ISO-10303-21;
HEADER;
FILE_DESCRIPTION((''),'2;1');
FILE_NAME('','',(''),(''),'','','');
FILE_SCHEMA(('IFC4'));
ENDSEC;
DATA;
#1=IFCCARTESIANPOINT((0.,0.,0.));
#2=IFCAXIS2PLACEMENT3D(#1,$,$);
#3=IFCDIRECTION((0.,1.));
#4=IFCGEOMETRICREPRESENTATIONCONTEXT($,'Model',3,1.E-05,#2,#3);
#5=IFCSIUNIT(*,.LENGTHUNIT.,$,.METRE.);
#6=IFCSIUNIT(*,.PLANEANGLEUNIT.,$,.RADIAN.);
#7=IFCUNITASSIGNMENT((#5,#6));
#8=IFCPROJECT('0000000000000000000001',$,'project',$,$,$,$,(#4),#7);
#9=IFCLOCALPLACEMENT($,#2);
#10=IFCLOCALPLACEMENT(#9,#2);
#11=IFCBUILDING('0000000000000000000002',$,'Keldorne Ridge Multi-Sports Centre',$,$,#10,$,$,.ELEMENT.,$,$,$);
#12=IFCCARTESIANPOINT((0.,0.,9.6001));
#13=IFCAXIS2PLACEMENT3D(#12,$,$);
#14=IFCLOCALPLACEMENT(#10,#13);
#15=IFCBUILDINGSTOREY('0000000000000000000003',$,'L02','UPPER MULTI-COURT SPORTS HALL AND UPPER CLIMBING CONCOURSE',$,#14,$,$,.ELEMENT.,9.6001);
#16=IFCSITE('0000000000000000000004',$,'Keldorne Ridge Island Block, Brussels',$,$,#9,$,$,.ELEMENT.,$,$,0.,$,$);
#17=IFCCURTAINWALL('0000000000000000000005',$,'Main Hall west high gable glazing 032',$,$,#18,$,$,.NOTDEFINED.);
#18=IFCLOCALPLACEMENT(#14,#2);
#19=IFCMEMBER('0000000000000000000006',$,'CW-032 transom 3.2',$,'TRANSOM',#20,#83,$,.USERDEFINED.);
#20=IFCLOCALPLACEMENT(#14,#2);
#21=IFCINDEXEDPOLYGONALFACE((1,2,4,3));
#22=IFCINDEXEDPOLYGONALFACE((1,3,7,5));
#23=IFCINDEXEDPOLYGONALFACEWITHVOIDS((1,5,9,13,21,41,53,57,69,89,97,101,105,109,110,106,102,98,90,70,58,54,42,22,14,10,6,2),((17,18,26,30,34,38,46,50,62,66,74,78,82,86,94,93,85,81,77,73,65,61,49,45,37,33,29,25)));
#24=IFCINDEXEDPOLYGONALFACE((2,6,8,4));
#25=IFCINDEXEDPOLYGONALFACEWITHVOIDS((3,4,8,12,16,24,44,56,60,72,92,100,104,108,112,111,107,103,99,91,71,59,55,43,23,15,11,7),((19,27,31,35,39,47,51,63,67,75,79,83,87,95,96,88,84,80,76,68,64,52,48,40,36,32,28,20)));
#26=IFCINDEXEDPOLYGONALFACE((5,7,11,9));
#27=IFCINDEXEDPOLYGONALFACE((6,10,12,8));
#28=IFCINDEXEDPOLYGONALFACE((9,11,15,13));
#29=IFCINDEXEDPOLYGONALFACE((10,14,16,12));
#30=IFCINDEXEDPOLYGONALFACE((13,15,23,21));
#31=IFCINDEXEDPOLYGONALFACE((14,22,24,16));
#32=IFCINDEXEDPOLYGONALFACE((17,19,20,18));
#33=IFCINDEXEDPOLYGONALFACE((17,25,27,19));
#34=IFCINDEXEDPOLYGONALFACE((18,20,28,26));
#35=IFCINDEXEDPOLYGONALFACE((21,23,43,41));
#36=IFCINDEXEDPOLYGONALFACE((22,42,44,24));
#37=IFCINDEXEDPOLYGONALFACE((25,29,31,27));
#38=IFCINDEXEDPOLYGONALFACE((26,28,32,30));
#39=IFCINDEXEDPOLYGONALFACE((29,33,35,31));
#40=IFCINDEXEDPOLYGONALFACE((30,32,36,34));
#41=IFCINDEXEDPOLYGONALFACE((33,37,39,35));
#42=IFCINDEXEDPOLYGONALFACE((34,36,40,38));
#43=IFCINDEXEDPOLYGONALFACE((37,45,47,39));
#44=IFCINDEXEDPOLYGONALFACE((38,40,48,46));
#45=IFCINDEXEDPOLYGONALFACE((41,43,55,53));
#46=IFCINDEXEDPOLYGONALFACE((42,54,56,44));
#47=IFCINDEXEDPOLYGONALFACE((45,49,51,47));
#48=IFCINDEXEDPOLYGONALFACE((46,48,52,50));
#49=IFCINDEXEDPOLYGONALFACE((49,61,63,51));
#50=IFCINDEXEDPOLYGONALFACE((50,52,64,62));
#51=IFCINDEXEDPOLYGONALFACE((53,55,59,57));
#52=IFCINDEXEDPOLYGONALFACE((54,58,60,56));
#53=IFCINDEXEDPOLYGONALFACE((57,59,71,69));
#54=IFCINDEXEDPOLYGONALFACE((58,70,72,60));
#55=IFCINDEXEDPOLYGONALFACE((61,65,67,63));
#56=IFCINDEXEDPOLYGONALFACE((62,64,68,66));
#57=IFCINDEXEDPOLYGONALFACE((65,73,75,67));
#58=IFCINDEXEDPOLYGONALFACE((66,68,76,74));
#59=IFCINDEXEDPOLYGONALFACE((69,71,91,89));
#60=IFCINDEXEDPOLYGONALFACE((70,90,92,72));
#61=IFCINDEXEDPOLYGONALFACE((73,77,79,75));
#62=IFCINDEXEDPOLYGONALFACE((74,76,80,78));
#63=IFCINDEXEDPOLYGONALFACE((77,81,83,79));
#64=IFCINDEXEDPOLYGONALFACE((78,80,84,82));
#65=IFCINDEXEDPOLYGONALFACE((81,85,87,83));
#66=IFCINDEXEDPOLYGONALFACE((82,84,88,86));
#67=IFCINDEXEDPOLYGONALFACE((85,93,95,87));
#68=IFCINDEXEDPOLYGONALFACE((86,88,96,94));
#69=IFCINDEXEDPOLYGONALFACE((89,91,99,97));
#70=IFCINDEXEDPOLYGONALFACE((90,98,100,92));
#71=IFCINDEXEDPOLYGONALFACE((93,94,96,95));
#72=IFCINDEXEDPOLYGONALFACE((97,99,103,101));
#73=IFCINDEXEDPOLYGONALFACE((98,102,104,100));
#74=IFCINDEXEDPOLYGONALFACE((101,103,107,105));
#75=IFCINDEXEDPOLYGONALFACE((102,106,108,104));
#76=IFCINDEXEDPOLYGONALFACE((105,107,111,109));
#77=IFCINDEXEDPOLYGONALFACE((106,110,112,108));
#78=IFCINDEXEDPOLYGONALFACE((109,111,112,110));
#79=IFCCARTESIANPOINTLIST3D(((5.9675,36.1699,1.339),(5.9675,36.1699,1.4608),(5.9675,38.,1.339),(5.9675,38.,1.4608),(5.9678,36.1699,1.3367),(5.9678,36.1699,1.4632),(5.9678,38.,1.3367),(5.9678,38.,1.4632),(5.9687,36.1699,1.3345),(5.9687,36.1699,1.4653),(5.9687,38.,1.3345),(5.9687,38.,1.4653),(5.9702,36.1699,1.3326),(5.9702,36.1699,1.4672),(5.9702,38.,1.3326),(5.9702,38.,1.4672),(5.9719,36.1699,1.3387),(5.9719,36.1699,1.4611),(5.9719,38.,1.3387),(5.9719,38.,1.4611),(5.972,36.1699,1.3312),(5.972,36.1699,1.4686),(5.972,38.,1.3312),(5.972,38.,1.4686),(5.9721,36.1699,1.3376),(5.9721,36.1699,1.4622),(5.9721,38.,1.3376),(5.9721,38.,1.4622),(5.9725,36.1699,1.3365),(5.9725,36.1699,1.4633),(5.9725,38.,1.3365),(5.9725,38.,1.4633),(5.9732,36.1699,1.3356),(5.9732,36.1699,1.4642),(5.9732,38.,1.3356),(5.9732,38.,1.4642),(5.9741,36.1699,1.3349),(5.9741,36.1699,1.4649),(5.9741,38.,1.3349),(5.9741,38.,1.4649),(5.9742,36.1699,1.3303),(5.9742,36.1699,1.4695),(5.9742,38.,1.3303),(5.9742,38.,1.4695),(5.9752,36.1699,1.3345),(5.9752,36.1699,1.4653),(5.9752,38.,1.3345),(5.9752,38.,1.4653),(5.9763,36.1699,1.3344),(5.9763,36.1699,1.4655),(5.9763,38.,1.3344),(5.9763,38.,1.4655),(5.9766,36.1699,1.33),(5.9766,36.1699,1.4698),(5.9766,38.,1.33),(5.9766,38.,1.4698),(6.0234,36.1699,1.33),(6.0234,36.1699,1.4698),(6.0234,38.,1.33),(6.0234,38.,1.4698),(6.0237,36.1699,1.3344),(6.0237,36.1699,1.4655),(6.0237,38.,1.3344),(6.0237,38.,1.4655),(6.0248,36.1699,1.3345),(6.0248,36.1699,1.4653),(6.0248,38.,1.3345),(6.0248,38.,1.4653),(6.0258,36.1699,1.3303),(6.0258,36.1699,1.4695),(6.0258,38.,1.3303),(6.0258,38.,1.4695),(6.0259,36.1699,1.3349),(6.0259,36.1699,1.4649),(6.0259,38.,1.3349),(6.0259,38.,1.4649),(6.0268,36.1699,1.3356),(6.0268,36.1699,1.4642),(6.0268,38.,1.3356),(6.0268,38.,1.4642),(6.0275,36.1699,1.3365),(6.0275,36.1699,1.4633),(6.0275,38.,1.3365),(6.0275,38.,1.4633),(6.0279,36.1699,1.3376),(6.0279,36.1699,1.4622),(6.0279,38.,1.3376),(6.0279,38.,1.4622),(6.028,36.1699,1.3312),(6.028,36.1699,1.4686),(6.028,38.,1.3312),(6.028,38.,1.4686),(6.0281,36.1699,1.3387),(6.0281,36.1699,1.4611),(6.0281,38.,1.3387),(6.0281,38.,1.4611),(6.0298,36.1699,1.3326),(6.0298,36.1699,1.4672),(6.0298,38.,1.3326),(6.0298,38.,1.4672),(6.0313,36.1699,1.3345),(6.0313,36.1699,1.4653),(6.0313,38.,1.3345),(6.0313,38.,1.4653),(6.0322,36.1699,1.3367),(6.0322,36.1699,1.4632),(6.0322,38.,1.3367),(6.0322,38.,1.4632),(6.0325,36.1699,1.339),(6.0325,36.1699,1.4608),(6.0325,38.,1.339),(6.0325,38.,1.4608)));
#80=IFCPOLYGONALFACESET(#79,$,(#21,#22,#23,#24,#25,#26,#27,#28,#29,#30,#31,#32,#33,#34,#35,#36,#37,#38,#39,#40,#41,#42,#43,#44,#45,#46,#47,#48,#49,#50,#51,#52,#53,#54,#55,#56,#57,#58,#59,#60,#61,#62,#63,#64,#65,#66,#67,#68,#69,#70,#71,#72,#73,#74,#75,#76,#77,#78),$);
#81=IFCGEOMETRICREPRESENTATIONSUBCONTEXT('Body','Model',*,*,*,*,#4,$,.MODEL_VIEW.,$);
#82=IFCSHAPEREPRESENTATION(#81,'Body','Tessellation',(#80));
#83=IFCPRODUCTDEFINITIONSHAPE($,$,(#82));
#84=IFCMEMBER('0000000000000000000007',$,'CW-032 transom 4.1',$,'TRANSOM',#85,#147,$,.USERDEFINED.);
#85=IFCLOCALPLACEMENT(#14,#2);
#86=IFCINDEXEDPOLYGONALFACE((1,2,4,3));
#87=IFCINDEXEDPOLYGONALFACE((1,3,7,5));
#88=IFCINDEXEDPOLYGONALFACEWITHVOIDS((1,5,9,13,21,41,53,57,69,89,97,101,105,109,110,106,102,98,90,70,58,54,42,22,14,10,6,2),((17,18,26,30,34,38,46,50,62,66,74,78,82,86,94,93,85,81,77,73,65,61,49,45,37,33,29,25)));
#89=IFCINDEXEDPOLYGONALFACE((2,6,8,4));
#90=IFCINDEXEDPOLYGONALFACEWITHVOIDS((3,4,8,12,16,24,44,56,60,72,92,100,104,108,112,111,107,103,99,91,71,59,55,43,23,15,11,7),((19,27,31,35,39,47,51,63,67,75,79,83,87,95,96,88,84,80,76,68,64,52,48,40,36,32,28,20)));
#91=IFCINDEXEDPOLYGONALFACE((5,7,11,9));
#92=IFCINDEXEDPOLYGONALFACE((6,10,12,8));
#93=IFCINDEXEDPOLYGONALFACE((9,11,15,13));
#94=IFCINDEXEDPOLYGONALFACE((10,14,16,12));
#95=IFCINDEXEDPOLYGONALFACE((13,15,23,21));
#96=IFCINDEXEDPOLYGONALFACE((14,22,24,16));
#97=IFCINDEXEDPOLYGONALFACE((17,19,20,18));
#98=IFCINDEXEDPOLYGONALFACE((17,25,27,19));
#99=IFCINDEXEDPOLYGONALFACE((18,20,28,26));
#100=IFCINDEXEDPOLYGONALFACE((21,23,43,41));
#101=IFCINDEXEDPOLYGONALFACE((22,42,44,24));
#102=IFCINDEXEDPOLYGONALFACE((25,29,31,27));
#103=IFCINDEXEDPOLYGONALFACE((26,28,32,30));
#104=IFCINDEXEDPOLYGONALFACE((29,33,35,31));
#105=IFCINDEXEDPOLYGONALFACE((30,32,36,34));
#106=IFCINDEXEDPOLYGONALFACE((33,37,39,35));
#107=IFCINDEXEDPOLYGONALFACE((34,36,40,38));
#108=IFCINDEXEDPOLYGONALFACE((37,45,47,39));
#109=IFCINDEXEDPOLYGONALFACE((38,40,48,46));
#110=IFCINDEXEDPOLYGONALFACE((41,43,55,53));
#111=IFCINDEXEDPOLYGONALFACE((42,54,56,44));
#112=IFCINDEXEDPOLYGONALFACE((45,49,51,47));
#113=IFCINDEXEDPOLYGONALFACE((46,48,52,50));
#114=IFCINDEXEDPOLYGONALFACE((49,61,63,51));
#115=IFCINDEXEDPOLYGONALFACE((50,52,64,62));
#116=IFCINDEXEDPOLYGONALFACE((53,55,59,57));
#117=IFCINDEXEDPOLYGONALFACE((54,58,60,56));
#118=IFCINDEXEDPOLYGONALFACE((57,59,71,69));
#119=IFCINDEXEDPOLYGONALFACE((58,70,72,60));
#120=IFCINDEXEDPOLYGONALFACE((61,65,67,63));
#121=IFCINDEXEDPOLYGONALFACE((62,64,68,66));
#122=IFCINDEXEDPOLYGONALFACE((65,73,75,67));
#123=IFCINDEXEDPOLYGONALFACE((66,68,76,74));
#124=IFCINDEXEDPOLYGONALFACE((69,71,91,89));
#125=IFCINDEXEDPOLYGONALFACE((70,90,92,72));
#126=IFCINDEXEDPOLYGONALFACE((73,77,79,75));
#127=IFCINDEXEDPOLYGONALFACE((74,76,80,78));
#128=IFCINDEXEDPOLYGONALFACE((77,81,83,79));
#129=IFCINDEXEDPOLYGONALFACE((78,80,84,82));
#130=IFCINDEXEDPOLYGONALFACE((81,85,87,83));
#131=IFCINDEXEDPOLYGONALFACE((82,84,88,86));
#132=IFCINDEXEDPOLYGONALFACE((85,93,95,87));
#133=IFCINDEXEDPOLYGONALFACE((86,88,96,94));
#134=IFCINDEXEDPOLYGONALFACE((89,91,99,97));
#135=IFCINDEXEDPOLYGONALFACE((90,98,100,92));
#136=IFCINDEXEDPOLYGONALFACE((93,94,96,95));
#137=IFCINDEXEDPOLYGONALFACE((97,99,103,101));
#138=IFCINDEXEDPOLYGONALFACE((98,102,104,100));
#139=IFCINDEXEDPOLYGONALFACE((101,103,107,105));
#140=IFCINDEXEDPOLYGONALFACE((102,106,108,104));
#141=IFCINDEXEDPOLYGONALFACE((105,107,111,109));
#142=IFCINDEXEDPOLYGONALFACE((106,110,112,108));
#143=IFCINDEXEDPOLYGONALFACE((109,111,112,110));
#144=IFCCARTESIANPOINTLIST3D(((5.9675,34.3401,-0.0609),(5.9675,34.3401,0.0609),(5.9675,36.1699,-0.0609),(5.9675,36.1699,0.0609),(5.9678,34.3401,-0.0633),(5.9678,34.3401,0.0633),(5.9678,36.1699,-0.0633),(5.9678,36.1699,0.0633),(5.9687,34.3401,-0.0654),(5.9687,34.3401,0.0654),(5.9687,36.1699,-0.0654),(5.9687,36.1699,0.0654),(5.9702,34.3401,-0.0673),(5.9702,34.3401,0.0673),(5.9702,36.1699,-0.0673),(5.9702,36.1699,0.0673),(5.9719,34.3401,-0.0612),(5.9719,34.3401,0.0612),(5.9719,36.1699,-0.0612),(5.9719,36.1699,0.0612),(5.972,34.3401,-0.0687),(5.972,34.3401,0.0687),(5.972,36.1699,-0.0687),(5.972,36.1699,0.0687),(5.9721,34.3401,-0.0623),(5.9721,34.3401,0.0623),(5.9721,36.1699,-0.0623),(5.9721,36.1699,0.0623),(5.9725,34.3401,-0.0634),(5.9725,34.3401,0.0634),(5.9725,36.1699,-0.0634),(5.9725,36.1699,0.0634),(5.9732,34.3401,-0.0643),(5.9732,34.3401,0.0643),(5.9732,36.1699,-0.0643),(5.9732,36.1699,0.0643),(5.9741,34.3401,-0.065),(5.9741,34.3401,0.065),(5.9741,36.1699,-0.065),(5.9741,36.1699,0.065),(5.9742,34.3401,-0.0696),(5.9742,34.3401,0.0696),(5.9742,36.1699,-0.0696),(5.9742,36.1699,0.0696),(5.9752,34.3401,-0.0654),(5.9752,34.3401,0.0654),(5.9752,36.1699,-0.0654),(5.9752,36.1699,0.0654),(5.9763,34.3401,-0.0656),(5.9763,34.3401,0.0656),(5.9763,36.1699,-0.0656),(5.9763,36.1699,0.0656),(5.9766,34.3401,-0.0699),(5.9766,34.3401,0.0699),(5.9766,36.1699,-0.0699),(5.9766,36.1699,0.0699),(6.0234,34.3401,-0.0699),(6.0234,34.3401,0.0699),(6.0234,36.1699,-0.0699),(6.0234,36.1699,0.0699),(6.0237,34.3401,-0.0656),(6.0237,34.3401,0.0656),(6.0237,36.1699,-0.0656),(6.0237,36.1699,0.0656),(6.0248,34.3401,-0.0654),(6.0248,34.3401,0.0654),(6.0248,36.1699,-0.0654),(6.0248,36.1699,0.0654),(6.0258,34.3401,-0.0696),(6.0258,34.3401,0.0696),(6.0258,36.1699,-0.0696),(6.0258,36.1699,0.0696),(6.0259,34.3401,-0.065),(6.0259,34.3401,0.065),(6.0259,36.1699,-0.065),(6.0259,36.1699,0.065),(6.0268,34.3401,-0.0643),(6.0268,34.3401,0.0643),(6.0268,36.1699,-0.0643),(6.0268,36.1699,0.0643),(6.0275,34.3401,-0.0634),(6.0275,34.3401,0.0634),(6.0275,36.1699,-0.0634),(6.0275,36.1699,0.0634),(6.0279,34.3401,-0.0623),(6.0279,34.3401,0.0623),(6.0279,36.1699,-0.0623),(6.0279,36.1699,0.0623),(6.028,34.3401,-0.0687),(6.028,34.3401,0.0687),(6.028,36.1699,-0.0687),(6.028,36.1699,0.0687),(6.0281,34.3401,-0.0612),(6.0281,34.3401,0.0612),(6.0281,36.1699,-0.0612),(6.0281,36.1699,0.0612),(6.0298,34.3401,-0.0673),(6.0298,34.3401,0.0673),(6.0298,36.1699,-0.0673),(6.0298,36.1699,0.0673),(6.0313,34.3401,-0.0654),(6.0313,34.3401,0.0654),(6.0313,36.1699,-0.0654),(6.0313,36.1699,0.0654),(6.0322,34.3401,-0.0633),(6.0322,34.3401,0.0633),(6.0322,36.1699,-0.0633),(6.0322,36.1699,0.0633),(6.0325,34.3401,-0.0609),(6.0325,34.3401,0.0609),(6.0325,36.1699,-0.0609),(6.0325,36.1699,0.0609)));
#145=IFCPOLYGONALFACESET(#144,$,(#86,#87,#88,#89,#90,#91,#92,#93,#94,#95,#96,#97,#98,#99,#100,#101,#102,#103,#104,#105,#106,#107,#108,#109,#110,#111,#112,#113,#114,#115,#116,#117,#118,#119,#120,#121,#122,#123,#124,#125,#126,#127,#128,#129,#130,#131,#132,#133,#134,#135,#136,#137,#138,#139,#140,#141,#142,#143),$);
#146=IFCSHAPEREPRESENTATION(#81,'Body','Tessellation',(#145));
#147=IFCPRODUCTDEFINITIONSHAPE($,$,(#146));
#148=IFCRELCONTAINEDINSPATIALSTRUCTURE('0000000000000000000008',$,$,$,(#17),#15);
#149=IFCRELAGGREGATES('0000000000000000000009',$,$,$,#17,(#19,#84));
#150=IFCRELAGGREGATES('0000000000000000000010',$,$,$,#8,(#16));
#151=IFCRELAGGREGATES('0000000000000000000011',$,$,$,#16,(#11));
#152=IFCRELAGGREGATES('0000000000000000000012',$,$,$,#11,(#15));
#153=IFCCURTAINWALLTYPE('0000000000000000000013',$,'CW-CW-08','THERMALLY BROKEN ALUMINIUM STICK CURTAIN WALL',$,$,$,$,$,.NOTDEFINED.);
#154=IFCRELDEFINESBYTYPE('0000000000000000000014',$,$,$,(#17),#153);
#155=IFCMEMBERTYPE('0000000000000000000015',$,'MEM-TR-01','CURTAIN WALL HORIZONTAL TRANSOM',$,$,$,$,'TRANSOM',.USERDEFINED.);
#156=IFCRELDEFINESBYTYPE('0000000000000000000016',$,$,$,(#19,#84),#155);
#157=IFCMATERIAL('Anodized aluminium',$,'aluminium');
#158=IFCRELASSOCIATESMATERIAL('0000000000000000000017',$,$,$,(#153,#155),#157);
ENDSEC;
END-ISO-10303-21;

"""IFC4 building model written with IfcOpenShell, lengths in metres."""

from ifc_helpers import new_model, si_unit, direction, frame, origin, origin_2d, place, context, subcontext, project, spatial, hollow_rectangle, extrude, material, material_profile, profile_set, type_object, element, aggregate, save


model = new_model("IFC4")

# Units and contexts
model_context = context("Model", 3, precision=1e-05, world=origin(), true_north=direction((0.0, 1.0)))
body_context = subcontext(model_context, "Body", "Model", "MODEL_VIEW")
ifc_project = project(units=[si_unit("LENGTHUNIT", "METRE"), si_unit("PLANEANGLEUNIT", "RADIAN")], contexts=[model_context])

# Site, building, storey
site_placement = place(None, origin())
site = spatial("IfcSite", under=ifc_project, at=site_placement, Name="Keldorne Ridge Island Block, Brussels", CompositionType="ELEMENT", RefElevation=0.0)
building_placement = place(site_placement, origin())
building = spatial("IfcBuilding", under=site, at=building_placement, Name="Keldorne Ridge Multi-Sports Centre", CompositionType="ELEMENT")
storey_placement = place(building_placement, frame((0.0, 0.0, 9.6001)))
storey = spatial("IfcBuildingStorey", under=building, at=storey_placement, Name="L02", Description="UPPER MULTI-COURT SPORTS HALL AND UPPER CLIMBING CONCOURSE", CompositionType="ELEMENT", Elevation=9.6001)

# Curtain wall
ifc_material_1 = material(Name="Anodized aluminium", Category="aluminium")
curtain_wall_type_1 = type_object("IfcCurtainWallType", Name="CW-CW-08", Description="THERMALLY BROKEN ALUMINIUM STICK CURTAIN WALL", PredefinedType="NOTDEFINED", material=ifc_material_1)
curtain_wall_1_placement = place(storey_placement, origin())
curtain_wall_1 = element("IfcCurtainWall", 1, at=curtain_wall_1_placement, inside=storey, type_object=curtain_wall_type_1, Name="Main Hall west high gable glazing 032", PredefinedType="NOTDEFINED")

# Members
ifc_material_profile_1 = material_profile(ifc_material_1, hollow_rectangle(XDim=0.0649, YDim=0.1399, WallThickness=0.0044, InnerFilletRadius=0.0044, OuterFilletRadius=0.009, at=origin_2d()), Name="ALU TRANSOM 140x65x4.5")
ifc_profile_set_1 = profile_set([ifc_material_profile_1], Name="Anodized aluminium")
member_type_1 = type_object("IfcMemberType", Name="MEM-TR-01", Description="CURTAIN WALL HORIZONTAL TRANSOM", ElementType="TRANSOM", PredefinedType="USERDEFINED", material=ifc_profile_set_1)
member_1_placement = place(storey_placement, frame((6.0, 38.0, 1.3999), z_axis=(0.0, -1.0, 0.0), x_axis=(1.0, 0.0, 0.0)))
member_1 = element("IfcMember", 2, at=member_1_placement, type_object=member_type_1, Name="CW-032 transom 3.2", ObjectType="TRANSOM", PredefinedType="USERDEFINED", context=body_context, shape_type="SweptSolid", body=[
    extrude(hollow_rectangle(XDim=0.0649, YDim=0.1399, WallThickness=0.0044, InnerFilletRadius=0.0044, OuterFilletRadius=0.009, at=origin_2d()), origin(), (0.0, 0.0, 1.0), 1.8301),
])
member_2_placement = place(storey_placement, frame((6.0, 36.1699, 0.0), z_axis=(0.0, -1.0, 0.0), x_axis=(1.0, 0.0, 0.0)))
member_2 = element("IfcMember", 3, at=member_2_placement, type_object=member_type_1, Name="CW-032 transom 4.1", ObjectType="TRANSOM", PredefinedType="USERDEFINED", context=body_context, shape_type="SweptSolid", body=[
    extrude(hollow_rectangle(XDim=0.0649, YDim=0.1399, WallThickness=0.0044, InnerFilletRadius=0.0044, OuterFilletRadius=0.009, at=origin_2d()), origin(), (0.0, 0.0, 1.0), 1.8298),
])

aggregate(curtain_wall_1, [member_1, member_2])

save(model, "model.ifc")
